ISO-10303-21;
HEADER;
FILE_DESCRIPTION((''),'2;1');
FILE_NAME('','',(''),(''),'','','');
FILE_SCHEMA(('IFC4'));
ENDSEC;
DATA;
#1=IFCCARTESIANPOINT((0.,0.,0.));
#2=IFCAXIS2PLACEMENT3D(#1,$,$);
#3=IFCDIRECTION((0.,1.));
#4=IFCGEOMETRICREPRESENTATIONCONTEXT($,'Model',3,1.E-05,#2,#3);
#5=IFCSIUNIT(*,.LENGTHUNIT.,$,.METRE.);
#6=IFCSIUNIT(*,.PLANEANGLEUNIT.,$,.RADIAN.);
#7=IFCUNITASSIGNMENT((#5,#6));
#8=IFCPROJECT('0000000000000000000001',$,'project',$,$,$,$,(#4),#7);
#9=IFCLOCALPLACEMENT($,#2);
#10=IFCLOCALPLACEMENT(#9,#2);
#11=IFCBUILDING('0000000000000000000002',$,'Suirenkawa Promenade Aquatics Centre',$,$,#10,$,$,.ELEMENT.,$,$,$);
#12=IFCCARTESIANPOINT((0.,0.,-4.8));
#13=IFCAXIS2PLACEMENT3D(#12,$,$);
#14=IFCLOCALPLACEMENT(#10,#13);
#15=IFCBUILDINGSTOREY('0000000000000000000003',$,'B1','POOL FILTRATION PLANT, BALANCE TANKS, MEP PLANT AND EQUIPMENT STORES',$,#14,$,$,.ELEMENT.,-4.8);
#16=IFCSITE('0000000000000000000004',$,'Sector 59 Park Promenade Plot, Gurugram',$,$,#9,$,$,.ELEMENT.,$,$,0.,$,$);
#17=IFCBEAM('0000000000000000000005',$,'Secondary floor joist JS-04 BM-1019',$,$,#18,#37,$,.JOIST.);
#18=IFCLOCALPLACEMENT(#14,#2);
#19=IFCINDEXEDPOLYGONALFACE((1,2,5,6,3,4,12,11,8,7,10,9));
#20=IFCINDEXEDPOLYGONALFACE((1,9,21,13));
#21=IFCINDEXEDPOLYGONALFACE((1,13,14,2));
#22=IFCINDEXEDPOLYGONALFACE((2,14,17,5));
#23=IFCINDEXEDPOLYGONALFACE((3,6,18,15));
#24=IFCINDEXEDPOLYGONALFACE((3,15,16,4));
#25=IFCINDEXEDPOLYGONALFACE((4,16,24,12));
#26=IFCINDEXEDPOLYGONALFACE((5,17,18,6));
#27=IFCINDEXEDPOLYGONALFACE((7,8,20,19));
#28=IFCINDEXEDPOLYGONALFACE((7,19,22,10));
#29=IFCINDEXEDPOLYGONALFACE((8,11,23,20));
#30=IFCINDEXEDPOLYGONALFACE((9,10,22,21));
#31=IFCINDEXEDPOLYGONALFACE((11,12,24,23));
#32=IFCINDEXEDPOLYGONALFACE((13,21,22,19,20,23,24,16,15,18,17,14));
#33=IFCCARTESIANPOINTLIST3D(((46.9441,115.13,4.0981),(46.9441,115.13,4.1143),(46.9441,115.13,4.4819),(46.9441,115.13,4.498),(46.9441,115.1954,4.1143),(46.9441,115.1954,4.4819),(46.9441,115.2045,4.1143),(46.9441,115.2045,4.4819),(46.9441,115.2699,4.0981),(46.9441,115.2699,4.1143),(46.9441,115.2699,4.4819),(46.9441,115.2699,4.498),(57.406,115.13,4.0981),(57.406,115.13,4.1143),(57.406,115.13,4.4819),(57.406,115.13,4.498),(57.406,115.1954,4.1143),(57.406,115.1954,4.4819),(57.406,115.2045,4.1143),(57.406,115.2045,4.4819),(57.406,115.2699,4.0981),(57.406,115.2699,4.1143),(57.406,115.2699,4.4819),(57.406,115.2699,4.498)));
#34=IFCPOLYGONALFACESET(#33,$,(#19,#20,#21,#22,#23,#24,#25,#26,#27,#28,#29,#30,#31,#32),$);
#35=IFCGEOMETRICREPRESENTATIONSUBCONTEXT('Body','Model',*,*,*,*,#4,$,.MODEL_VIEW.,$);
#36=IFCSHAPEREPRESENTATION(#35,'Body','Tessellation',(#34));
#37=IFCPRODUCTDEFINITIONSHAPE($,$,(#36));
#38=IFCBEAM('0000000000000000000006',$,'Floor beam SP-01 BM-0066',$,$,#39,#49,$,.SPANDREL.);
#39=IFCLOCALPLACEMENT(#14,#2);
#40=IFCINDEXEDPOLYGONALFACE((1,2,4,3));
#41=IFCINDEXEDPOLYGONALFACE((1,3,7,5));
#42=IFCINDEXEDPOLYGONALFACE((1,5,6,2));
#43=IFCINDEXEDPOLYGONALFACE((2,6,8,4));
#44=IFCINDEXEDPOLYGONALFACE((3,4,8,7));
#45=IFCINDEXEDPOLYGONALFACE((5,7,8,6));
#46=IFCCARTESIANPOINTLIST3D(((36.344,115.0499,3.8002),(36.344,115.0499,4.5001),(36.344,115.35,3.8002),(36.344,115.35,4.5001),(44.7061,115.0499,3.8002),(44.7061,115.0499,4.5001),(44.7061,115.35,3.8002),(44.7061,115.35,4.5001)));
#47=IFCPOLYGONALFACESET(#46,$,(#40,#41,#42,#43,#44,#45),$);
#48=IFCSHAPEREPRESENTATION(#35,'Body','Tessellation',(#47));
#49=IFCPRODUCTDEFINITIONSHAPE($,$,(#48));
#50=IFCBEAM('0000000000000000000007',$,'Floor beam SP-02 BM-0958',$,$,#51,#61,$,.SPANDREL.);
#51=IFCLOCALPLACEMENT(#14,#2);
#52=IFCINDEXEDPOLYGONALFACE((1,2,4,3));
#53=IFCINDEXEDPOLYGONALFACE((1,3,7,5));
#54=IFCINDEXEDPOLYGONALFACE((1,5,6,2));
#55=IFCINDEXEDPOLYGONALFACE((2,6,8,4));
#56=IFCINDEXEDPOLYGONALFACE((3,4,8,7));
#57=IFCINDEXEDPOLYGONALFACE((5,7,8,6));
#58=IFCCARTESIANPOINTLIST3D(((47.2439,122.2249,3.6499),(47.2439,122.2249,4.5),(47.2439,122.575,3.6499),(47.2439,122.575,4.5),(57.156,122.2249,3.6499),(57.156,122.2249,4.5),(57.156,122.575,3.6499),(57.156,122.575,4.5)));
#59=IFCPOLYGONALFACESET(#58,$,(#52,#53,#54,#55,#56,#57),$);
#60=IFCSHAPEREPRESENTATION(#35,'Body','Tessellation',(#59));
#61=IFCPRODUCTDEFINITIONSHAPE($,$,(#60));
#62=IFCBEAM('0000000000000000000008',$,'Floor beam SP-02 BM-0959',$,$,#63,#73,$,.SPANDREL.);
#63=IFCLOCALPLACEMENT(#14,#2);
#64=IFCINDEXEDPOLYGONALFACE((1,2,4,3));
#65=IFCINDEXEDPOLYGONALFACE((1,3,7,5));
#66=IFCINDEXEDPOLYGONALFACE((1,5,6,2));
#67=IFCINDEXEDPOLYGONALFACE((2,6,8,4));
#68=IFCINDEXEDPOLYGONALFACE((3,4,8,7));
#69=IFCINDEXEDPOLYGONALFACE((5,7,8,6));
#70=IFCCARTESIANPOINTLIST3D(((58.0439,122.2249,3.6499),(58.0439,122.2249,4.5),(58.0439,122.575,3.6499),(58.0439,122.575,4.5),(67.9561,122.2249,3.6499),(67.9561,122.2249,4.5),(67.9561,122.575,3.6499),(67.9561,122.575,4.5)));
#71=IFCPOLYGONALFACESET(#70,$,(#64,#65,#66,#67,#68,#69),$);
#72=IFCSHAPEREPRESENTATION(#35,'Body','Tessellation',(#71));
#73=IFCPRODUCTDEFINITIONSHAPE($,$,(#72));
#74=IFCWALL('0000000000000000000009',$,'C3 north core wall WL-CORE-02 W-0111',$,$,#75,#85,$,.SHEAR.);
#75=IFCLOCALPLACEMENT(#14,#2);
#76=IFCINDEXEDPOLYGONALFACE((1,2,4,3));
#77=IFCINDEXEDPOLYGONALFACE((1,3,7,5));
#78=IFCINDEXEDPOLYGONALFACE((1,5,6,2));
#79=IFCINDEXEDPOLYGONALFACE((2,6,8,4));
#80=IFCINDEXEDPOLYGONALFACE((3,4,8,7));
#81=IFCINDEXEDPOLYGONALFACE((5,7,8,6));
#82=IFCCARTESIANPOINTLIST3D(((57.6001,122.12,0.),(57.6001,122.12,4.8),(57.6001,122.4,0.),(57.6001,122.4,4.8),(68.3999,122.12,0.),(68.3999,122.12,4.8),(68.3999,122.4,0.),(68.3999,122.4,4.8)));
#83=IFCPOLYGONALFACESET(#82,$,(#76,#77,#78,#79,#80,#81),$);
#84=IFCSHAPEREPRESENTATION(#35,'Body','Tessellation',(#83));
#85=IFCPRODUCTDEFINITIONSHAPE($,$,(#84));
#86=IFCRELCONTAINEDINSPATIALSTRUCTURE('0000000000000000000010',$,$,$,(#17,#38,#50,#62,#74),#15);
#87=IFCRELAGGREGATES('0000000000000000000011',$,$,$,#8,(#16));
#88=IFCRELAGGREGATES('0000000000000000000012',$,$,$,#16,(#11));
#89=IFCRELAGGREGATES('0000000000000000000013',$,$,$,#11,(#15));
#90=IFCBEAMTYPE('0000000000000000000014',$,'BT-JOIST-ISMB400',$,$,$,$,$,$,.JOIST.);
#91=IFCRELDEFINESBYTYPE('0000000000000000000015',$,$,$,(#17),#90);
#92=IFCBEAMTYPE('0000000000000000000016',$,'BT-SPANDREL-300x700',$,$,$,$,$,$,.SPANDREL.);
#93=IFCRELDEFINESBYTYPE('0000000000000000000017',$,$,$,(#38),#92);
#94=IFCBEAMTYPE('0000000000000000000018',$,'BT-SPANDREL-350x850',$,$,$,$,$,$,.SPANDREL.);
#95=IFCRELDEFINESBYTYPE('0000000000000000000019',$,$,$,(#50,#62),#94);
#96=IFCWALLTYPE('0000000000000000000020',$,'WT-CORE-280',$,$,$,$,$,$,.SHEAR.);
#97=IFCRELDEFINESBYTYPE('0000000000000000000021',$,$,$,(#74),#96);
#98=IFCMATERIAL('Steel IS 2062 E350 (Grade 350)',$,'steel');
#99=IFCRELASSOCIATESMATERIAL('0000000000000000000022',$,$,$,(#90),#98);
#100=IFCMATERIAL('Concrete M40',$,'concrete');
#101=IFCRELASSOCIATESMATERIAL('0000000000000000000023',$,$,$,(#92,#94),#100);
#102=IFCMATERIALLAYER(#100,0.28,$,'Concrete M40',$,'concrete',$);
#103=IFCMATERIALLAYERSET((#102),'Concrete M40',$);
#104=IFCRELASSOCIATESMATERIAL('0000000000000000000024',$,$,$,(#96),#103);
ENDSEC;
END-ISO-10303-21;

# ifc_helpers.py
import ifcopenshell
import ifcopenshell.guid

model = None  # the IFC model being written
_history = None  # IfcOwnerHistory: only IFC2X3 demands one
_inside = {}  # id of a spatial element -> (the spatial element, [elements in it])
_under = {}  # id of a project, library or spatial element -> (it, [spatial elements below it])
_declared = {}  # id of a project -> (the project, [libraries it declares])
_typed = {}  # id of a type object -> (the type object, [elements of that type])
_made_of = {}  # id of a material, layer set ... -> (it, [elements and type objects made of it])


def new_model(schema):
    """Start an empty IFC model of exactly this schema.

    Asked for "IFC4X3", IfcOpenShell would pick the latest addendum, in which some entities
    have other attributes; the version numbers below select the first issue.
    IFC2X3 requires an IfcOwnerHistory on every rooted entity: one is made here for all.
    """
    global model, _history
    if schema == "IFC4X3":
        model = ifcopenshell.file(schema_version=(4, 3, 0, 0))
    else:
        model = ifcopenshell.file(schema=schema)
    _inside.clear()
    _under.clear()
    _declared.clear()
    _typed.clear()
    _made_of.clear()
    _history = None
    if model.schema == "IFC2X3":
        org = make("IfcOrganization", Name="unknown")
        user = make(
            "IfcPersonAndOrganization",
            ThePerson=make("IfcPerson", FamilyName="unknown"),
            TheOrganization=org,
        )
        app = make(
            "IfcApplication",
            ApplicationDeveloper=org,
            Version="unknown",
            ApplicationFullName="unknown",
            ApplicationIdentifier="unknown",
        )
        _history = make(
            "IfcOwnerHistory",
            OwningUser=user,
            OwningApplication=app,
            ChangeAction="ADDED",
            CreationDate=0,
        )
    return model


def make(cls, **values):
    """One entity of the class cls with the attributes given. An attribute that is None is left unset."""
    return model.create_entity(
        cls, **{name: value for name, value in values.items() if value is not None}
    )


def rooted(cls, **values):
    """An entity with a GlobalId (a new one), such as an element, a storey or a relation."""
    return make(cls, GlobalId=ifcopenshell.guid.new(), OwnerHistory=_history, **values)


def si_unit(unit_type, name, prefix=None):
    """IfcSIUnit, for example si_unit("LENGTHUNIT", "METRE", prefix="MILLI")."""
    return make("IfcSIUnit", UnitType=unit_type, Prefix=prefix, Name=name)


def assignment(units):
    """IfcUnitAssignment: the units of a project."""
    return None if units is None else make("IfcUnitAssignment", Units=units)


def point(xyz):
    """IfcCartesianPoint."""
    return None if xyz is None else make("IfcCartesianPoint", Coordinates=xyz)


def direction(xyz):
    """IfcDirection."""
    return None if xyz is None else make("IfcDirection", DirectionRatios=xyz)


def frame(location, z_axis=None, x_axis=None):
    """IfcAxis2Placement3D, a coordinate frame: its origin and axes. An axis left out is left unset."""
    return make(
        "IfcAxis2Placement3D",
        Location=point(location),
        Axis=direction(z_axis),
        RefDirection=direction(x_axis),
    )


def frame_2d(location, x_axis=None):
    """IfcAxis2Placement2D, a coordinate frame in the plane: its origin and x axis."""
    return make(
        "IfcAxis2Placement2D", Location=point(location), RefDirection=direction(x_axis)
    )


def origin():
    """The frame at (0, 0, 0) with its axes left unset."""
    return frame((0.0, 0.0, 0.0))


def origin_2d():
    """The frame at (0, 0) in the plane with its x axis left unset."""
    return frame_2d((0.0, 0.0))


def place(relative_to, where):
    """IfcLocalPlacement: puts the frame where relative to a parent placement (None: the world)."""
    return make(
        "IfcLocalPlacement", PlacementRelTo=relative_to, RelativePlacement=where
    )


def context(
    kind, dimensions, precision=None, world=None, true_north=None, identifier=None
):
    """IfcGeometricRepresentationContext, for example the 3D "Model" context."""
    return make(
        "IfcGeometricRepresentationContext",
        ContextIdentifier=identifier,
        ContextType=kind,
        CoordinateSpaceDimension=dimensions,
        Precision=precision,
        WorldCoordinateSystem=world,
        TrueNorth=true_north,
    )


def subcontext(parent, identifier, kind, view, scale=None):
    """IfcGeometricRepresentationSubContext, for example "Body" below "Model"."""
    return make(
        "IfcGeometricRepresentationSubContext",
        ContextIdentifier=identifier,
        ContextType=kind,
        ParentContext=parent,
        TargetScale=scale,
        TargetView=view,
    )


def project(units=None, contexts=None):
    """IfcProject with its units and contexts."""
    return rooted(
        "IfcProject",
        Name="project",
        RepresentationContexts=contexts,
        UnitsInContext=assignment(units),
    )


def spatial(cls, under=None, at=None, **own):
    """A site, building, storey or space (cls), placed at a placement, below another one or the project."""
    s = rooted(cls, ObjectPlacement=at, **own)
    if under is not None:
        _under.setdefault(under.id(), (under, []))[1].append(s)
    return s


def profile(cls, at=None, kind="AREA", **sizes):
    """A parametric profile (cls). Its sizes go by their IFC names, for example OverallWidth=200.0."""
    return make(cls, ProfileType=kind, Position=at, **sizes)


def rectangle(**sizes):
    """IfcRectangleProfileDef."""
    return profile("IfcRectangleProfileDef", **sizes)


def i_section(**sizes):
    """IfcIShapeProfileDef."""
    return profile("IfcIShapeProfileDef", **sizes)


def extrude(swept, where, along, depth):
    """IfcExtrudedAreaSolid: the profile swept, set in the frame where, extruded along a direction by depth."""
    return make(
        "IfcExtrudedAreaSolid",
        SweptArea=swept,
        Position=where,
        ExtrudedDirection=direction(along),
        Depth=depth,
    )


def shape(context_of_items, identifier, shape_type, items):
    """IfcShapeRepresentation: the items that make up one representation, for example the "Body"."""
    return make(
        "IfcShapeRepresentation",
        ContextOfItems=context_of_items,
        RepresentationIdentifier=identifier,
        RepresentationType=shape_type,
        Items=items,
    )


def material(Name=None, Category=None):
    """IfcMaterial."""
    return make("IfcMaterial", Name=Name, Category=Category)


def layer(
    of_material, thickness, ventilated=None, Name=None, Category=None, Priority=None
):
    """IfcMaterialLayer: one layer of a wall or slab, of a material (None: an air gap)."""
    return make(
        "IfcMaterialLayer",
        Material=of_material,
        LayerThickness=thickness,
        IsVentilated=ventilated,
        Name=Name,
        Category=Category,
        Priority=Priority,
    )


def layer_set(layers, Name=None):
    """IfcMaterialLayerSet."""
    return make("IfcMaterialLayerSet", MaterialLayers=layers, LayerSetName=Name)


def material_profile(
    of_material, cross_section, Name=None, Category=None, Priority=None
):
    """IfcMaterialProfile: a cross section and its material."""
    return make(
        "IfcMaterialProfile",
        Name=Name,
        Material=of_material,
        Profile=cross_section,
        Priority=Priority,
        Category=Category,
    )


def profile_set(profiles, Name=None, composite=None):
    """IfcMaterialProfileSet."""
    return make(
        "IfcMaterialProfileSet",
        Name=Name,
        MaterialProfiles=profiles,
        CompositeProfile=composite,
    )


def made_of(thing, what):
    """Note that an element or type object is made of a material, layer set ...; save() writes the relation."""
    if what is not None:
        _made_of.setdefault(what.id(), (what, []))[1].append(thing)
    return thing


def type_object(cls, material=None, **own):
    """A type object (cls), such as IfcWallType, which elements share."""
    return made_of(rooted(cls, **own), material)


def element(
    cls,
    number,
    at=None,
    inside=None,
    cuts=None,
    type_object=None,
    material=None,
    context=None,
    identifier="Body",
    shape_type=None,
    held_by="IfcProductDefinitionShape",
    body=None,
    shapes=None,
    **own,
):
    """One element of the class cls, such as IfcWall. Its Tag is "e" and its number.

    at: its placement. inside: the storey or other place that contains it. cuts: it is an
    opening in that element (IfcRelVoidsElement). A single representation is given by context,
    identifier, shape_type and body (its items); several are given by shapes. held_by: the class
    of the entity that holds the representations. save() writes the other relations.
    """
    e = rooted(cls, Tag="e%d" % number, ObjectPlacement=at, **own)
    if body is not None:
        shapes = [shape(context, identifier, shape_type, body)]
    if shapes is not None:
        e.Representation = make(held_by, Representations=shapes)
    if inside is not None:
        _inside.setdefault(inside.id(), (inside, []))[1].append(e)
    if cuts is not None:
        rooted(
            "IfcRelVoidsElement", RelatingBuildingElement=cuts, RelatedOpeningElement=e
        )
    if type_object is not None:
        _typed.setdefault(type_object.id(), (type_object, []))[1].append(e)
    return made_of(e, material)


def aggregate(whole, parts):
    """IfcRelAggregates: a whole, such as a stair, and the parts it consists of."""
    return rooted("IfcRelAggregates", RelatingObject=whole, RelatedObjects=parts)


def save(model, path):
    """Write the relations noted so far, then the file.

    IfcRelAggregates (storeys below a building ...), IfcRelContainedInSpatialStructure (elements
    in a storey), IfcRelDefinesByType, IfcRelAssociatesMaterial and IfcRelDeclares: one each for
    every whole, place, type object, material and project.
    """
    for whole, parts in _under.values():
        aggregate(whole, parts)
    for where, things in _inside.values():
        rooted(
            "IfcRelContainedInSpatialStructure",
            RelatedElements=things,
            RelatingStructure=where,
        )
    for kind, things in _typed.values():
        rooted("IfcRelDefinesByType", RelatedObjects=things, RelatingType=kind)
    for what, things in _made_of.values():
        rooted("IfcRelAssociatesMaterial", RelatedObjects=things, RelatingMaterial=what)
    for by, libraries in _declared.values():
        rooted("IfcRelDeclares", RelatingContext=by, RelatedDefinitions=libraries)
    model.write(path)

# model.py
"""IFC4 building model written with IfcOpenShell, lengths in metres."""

from ifc_helpers import new_model, si_unit, direction, frame, frame_2d, origin, origin_2d, place, context, subcontext, project, spatial, rectangle, i_section, extrude, material, layer, layer_set, material_profile, profile_set, type_object, element, save


model = new_model("IFC4")

# Units and contexts
model_context = context("Model", 3, precision=1e-05, world=origin(), true_north=direction((0.0, 1.0)))
body_context = subcontext(model_context, "Body", "Model", "MODEL_VIEW")
ifc_project = project(units=[si_unit("LENGTHUNIT", "METRE"), si_unit("PLANEANGLEUNIT", "RADIAN")], contexts=[model_context])

# Site, building, storey
site_placement = place(None, origin())
site = spatial("IfcSite", under=ifc_project, at=site_placement, Name="Sector 59 Park Promenade Plot, Gurugram", CompositionType="ELEMENT", RefElevation=0.0)
building_placement = place(site_placement, origin())
building = spatial("IfcBuilding", under=site, at=building_placement, Name="Suirenkawa Promenade Aquatics Centre", CompositionType="ELEMENT")
storey_placement = place(building_placement, frame((0.0, 0.0, -4.8)))
storey = spatial("IfcBuildingStorey", under=building, at=storey_placement, Name="B1", Description="POOL FILTRATION PLANT, BALANCE TANKS, MEP PLANT AND EQUIPMENT STORES", CompositionType="ELEMENT", Elevation=-4.8)

# Shared definitions
ifc_material_1 = material(Name="Concrete M40", Category="concrete")

# Beams
ifc_material_2 = material(Name="Steel IS 2062 E350 (Grade 350)", Category="steel")
ifc_material_profile_1 = material_profile(ifc_material_2, i_section(OverallWidth=0.1399, OverallDepth=0.3999, WebThickness=0.009, FlangeThickness=0.0161, at=origin_2d()), Name="ISMB 400", Category="steel")
ifc_profile_set_1 = profile_set([ifc_material_profile_1], Name="Steel IS 2062 E350 (Grade 350)")
beam_type_1 = type_object("IfcBeamType", Name="BT-JOIST-ISMB400", PredefinedType="JOIST", material=ifc_profile_set_1)
beam_1_placement = place(storey_placement, frame((46.9441, 115.2, 4.2981), z_axis=(1.0, 0.0, 0.0), x_axis=(0.0, 1.0, 0.0)))
element("IfcBeam", 1, at=beam_1_placement, inside=storey, type_object=beam_type_1, Name="Secondary floor joist JS-04 BM-1019", PredefinedType="JOIST", context=body_context, shape_type="SweptSolid", body=[
    extrude(i_section(OverallWidth=0.1399, OverallDepth=0.3999, WebThickness=0.009, FlangeThickness=0.0161, at=origin_2d()), origin(), (0.0, 0.0, 1.0), 10.4619),
])
ifc_material_profile_2 = material_profile(ifc_material_1, rectangle(XDim=0.3, YDim=0.7, at=origin_2d()), Name="RC SPANDREL 300x700", Category="concrete")
ifc_profile_set_2 = profile_set([ifc_material_profile_2], Name="Concrete M40")
beam_type_2 = type_object("IfcBeamType", Name="BT-SPANDREL-300x700", PredefinedType="SPANDREL", material=ifc_profile_set_2)
beam_2_placement = place(storey_placement, frame((36.344, 115.2, 4.1501), z_axis=(1.0, 0.0, 0.0), x_axis=(0.0, 1.0, 0.0)))
element("IfcBeam", 2, at=beam_2_placement, inside=storey, type_object=beam_type_2, Name="Floor beam SP-01 BM-0066", PredefinedType="SPANDREL", context=body_context, shape_type="SweptSolid", body=[
    extrude(rectangle(XDim=0.3, YDim=0.7, at=origin_2d()), origin(), (0.0, 0.0, 1.0), 8.3621),
])
ifc_material_profile_3 = material_profile(ifc_material_1, rectangle(XDim=0.3501, YDim=0.8501, at=origin_2d()), Name="RC SPANDREL 350x850", Category="concrete")
ifc_profile_set_3 = profile_set([ifc_material_profile_3], Name="Concrete M40")
beam_type_3 = type_object("IfcBeamType", Name="BT-SPANDREL-350x850", PredefinedType="SPANDREL", material=ifc_profile_set_3)
for number, where, z_axis, x_axis, name in (
    (3, (47.2439, 122.3999, 4.075), (1.0, 0.0, 0.0), (0.0, 1.0, 0.0), "Floor beam SP-02 BM-0958"),
    (4, (58.0439, 122.3999, 4.075), (1.0, 0.0, 0.0), (0.0, 1.0, 0.0), "Floor beam SP-02 BM-0959"),
):
    element("IfcBeam", number, at=place(storey_placement, frame(where, z_axis=z_axis, x_axis=x_axis)), inside=storey, type_object=beam_type_3, Name=name, PredefinedType="SPANDREL", context=body_context, shape_type="SweptSolid", body=[
        extrude(rectangle(XDim=0.3501, YDim=0.8501, at=origin_2d()), origin(), (0.0, 0.0, 1.0), 9.9121),
    ])

# Wall
ifc_layer = layer(ifc_material_1, 0.28, Name="Concrete M40", Category="concrete")
ifc_layer_set = layer_set([ifc_layer], Name="Concrete M40")
wall_type = type_object("IfcWallType", Name="WT-CORE-280", PredefinedType="SHEAR", material=ifc_layer_set)
wall_placement = place(storey_placement, frame((57.6001, 122.26, 0.0), z_axis=(0.0, 0.0, 1.0), x_axis=(1.0, 0.0, 0.0)))
element("IfcWall", 5, at=wall_placement, inside=storey, type_object=wall_type, Name="C3 north core wall WL-CORE-02 W-0111", PredefinedType="SHEAR", context=body_context, shape_type="SweptSolid", body=[
    extrude(rectangle(XDim=10.7998, YDim=0.28, at=frame_2d((5.3999, 0.0))), origin(), (0.0, 0.0, 1.0), 4.8),
])

save(model, "model.ifc")
